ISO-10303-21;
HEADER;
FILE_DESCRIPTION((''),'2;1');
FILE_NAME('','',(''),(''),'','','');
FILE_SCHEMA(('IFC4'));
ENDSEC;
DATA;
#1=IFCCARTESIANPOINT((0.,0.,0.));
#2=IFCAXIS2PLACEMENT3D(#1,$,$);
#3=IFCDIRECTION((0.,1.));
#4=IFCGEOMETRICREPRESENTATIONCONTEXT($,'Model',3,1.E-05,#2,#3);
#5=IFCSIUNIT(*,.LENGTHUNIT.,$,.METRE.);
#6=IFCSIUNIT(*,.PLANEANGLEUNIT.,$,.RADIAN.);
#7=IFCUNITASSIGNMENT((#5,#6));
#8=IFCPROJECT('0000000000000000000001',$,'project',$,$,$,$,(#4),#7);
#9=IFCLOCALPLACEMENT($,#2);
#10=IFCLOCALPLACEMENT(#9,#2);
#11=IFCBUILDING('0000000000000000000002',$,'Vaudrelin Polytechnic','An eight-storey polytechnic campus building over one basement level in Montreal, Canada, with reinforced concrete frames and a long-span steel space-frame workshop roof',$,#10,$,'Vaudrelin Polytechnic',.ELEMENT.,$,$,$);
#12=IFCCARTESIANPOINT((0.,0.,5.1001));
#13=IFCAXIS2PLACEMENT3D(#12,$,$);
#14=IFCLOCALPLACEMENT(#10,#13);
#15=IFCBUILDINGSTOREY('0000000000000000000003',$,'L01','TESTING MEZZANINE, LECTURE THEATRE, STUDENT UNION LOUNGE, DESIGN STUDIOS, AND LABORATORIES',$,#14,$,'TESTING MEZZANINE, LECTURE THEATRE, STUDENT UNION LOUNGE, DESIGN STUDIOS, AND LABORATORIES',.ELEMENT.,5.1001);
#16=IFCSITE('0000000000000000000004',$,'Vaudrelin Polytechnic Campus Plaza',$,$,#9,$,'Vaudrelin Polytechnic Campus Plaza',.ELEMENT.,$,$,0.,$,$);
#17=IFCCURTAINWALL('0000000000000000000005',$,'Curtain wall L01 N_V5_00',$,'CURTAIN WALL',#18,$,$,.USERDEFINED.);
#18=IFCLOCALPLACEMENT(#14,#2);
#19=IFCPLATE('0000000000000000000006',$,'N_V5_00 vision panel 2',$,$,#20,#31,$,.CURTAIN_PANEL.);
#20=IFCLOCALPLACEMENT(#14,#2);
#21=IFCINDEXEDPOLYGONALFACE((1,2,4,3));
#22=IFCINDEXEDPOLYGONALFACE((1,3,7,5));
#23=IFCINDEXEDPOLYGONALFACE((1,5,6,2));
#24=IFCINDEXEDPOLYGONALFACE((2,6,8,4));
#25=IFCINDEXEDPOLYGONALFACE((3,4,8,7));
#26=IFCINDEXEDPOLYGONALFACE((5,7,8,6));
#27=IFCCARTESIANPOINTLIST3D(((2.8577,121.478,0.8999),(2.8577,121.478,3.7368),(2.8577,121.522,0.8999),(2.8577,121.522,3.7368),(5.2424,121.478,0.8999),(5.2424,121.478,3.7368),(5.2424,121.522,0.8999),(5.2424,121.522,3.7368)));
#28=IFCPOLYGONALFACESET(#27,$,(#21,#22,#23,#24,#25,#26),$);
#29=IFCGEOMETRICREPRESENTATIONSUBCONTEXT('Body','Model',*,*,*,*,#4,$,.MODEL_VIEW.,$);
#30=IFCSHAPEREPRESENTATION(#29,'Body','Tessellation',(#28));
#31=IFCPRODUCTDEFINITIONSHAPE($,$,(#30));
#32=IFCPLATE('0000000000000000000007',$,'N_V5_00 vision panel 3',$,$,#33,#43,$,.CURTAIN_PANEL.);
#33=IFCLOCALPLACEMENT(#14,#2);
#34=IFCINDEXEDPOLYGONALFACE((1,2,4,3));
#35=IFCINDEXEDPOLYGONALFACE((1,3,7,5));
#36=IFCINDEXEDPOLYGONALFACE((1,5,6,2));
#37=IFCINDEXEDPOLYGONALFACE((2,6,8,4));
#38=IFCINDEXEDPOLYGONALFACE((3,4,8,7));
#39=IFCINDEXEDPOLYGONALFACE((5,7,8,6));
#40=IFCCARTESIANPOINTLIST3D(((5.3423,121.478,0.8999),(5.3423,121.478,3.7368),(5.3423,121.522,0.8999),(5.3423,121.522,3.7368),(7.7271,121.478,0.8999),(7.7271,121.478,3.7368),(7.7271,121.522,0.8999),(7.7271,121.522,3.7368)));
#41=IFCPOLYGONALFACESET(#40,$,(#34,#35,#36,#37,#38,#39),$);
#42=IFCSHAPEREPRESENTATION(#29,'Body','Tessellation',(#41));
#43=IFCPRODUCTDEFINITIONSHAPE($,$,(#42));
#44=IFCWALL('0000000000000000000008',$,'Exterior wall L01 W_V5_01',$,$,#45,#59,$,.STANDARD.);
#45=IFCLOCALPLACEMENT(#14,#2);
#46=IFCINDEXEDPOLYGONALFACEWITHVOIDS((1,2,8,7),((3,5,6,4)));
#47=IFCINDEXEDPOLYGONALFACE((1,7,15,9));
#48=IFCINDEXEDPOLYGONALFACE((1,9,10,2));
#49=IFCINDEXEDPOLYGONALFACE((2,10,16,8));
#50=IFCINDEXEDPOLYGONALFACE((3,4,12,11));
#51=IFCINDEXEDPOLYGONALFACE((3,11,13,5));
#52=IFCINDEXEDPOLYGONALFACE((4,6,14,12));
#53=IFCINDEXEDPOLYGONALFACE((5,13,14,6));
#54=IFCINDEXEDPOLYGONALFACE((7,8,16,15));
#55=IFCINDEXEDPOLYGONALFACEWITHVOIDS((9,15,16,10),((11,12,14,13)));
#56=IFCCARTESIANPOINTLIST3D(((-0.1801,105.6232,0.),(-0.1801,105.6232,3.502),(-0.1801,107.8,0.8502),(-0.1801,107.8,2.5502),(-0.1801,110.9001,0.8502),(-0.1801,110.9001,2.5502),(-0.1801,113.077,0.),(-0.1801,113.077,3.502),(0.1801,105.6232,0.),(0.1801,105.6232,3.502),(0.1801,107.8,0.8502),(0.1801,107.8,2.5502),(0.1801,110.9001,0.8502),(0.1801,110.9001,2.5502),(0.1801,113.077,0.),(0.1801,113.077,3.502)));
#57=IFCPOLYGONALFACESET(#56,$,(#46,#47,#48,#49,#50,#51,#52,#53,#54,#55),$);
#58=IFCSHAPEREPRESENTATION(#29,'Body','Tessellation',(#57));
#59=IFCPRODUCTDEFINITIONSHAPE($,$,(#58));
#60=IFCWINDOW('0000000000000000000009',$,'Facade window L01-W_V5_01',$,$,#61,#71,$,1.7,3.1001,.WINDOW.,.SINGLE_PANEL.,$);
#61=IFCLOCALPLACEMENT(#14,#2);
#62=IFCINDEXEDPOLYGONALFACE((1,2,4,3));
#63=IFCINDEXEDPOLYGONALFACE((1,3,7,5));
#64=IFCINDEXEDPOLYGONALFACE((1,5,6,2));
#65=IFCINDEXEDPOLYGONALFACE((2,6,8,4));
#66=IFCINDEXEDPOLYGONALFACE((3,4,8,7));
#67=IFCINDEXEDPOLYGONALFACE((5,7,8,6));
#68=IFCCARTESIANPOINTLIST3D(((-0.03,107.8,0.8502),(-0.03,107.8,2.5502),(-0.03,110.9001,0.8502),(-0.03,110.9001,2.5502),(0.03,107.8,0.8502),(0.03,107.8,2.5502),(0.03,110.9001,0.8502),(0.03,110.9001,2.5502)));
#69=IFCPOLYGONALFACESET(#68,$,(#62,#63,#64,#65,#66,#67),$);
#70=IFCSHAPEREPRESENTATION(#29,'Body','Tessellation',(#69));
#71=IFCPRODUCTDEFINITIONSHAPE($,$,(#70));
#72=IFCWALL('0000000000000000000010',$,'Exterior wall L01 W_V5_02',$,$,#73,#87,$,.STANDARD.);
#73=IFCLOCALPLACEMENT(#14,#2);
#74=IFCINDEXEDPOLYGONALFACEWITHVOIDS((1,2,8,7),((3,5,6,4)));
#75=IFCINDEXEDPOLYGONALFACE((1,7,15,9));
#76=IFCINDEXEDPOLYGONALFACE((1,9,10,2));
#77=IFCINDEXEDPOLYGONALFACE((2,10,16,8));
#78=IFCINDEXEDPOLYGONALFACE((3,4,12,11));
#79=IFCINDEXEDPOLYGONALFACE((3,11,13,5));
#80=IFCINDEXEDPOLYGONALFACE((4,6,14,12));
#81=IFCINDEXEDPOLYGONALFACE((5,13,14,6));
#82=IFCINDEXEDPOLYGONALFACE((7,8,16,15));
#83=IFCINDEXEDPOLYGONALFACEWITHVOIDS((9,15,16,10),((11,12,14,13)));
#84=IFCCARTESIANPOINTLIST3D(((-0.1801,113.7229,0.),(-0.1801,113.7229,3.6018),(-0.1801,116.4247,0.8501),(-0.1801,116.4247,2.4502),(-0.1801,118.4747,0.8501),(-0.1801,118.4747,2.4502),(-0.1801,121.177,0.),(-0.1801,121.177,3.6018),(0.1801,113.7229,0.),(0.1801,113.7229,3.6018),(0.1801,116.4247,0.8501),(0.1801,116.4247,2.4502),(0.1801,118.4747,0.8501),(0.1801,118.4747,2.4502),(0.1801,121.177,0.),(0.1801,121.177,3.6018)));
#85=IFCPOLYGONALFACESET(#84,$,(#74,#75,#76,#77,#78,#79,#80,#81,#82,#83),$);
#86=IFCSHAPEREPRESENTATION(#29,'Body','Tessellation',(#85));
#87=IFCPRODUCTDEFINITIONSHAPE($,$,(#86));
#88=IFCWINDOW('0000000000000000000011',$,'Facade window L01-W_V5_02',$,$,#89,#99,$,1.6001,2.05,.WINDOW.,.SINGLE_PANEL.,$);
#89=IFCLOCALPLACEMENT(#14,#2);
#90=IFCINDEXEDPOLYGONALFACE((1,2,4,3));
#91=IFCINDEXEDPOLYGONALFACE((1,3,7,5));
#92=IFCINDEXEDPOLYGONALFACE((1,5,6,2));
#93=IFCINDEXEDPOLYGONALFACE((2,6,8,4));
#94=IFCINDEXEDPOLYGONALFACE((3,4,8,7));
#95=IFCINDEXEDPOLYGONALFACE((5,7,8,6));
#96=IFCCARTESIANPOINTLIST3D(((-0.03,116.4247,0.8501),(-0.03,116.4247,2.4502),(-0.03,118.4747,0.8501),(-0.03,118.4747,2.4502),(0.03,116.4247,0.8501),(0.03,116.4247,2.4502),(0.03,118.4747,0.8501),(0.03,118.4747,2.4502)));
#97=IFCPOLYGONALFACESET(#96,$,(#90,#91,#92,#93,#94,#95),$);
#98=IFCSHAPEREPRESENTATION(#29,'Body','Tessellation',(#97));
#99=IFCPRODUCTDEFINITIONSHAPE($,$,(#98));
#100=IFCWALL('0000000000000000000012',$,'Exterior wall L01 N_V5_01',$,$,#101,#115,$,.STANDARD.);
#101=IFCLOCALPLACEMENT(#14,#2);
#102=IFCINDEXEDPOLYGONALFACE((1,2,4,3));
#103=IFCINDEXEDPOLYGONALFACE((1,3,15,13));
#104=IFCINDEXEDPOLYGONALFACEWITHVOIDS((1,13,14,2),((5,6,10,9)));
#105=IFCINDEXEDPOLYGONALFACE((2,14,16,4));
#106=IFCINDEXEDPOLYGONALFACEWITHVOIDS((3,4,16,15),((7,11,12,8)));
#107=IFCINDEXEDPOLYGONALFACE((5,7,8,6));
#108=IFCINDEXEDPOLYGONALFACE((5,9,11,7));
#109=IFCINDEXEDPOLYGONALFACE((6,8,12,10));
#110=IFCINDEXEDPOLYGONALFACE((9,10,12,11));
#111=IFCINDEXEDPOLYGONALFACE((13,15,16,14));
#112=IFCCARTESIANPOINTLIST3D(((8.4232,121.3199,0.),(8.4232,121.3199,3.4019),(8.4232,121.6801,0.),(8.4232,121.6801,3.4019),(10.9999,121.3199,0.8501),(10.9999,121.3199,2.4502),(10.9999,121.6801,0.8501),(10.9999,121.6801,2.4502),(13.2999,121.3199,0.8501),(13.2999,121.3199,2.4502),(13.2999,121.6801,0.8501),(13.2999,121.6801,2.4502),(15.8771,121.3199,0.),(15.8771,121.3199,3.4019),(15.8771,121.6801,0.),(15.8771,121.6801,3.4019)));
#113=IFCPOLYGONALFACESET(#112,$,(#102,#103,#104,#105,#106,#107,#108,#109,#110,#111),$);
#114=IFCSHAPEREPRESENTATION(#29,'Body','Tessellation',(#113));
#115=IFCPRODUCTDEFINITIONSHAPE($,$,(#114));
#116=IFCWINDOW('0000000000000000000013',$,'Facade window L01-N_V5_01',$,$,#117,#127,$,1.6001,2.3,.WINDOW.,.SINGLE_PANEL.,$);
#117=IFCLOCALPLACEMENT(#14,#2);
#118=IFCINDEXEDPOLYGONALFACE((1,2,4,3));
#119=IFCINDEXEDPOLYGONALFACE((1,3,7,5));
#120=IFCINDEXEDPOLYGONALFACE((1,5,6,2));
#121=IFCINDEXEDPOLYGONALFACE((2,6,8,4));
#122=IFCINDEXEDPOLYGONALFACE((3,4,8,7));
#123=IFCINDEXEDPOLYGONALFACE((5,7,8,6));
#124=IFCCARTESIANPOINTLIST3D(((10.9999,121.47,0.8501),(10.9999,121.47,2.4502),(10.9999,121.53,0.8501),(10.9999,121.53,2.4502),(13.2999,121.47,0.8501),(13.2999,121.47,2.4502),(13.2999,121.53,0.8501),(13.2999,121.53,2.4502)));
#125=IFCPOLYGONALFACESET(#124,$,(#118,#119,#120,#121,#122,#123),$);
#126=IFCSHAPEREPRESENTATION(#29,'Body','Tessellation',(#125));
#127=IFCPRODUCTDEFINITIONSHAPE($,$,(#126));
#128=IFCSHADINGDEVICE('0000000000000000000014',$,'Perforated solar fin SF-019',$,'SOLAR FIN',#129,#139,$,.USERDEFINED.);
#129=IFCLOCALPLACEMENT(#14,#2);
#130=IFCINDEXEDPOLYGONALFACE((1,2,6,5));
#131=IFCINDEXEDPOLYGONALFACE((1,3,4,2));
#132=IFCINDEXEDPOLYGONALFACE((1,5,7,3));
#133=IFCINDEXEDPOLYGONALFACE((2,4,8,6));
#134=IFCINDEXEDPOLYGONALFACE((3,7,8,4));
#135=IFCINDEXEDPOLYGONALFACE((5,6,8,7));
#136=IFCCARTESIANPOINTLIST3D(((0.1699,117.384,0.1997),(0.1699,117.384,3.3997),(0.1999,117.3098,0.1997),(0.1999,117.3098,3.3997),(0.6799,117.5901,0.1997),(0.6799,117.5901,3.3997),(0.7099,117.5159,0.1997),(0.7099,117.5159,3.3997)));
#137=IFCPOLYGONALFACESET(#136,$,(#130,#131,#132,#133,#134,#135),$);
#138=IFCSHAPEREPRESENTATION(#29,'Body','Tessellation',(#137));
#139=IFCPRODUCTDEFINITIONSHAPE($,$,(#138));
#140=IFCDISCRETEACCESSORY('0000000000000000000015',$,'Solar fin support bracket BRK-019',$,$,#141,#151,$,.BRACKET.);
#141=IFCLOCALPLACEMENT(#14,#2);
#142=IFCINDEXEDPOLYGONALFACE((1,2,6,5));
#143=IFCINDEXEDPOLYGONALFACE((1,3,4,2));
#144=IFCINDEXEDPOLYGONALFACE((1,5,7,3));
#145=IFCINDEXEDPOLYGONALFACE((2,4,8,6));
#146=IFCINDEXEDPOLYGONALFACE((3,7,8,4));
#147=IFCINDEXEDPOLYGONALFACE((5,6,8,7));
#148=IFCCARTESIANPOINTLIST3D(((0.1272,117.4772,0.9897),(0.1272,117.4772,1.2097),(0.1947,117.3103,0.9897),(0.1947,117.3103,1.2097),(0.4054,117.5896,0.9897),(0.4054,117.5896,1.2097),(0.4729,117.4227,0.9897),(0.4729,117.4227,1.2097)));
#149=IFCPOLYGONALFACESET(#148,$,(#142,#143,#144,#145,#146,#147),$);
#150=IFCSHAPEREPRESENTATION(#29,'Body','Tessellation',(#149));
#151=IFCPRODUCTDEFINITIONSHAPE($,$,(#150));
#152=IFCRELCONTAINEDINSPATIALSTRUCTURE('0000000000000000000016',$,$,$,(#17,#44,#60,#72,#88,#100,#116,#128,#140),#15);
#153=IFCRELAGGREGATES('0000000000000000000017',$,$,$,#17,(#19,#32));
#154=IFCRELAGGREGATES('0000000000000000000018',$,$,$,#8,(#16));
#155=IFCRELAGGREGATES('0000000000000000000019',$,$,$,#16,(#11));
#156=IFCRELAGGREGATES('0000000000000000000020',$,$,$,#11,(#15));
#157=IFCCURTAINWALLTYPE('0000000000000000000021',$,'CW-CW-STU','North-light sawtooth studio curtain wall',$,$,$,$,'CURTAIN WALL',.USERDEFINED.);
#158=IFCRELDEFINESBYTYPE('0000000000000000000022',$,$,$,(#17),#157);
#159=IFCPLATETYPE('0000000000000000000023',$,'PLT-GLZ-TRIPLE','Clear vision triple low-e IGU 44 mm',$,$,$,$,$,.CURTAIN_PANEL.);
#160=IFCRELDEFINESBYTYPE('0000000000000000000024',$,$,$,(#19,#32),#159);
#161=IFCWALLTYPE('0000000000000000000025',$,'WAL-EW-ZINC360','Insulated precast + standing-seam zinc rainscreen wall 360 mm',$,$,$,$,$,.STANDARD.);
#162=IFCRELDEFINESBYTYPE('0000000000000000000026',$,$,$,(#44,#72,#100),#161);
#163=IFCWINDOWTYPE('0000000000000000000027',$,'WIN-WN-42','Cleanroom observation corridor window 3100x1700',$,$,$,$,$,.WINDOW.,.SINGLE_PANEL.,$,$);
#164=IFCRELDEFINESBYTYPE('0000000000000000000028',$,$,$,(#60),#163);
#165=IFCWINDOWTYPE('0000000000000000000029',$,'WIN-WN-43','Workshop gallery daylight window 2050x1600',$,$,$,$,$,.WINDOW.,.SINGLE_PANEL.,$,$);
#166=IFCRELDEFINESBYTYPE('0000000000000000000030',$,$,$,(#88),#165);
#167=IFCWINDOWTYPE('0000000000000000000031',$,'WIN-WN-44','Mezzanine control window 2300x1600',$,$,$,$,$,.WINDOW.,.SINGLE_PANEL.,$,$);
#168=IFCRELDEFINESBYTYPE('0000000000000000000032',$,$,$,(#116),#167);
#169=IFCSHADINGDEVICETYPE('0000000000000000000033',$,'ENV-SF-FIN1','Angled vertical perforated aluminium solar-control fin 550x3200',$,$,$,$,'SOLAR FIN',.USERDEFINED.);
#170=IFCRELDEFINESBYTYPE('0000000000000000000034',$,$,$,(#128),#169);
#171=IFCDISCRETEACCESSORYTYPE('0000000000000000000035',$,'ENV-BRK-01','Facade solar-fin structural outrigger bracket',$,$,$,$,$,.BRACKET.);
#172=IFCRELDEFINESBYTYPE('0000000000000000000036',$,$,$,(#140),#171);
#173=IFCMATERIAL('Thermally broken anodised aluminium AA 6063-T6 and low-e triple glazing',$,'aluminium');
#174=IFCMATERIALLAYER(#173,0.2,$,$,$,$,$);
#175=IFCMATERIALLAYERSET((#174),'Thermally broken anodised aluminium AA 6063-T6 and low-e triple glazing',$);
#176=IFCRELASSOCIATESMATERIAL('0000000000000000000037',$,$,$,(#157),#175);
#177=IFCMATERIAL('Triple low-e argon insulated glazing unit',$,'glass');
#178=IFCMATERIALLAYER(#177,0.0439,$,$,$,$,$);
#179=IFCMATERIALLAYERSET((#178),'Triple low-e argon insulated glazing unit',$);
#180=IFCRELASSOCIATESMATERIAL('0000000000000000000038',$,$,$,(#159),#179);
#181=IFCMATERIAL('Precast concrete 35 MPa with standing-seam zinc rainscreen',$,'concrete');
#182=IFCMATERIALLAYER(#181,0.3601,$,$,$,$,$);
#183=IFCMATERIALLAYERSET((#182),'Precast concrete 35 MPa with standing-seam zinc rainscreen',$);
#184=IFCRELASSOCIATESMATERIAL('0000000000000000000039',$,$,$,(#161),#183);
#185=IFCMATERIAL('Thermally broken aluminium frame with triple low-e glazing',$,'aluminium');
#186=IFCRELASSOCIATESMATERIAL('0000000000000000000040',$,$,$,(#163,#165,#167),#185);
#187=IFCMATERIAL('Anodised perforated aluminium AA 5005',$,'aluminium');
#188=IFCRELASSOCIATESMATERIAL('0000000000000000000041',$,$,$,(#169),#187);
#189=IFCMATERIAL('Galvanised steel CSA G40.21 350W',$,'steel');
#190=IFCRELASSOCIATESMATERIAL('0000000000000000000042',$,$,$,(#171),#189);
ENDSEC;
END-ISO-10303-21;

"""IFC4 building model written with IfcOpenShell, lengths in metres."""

from ifc_helpers import new_model, si_unit, direction, frame, frame_2d, origin, origin_2d, place, context, subcontext, project, spatial, rectangle, extrude, material, layer, layer_set, type_object, element, fill, aggregate, save


model = new_model("IFC4")

# Units and contexts
model_context = context("Model", 3, precision=1e-05, world=origin(), true_north=direction((0.0, 1.0)))
body_context = subcontext(model_context, "Body", "Model", "MODEL_VIEW")
ifc_project = project(units=[si_unit("LENGTHUNIT", "METRE"), si_unit("PLANEANGLEUNIT", "RADIAN")], contexts=[model_context])

# Site, building, storey
site_placement = place(None, origin())
site = spatial("IfcSite", under=ifc_project, at=site_placement, Name="Vaudrelin Polytechnic Campus Plaza", LongName="Vaudrelin Polytechnic Campus Plaza", CompositionType="ELEMENT", RefElevation=0.0)
building_placement = place(site_placement, origin())
building = spatial("IfcBuilding", under=site, at=building_placement, Name="Vaudrelin Polytechnic", Description="An eight-storey polytechnic campus building over one basement level in Montreal, Canada, with reinforced concrete frames and a long-span steel space-frame workshop roof", LongName="Vaudrelin Polytechnic", CompositionType="ELEMENT")
storey_placement = place(building_placement, frame((0.0, 0.0, 5.1001)))
storey = spatial("IfcBuildingStorey", under=building, at=storey_placement, Name="L01", Description="TESTING MEZZANINE, LECTURE THEATRE, STUDENT UNION LOUNGE, DESIGN STUDIOS, AND LABORATORIES", LongName="TESTING MEZZANINE, LECTURE THEATRE, STUDENT UNION LOUNGE, DESIGN STUDIOS, AND LABORATORIES", CompositionType="ELEMENT", Elevation=5.1001)

# Curtain wall, plates
ifc_material_1 = material(Name="Thermally broken anodised aluminium AA 6063-T6 and low-e triple glazing", Category="aluminium")
ifc_layer_1 = layer(ifc_material_1, 0.2)
ifc_layer_set_1 = layer_set([ifc_layer_1], Name="Thermally broken anodised aluminium AA 6063-T6 and low-e triple glazing")
curtain_wall_type = type_object("IfcCurtainWallType", Name="CW-CW-STU", Description="North-light sawtooth studio curtain wall", ElementType="CURTAIN WALL", PredefinedType="USERDEFINED", material=ifc_layer_set_1)
curtain_wall_placement = place(storey_placement, origin())
curtain_wall = element("IfcCurtainWall", 1, at=curtain_wall_placement, inside=storey, type_object=curtain_wall_type, Name="Curtain wall L01 N_V5_00", ObjectType="CURTAIN WALL", PredefinedType="USERDEFINED")
ifc_material_2 = material(Name="Triple low-e argon insulated glazing unit", Category="glass")
ifc_layer_2 = layer(ifc_material_2, 0.0439)
ifc_layer_set_2 = layer_set([ifc_layer_2], Name="Triple low-e argon insulated glazing unit")
plate_type_1 = type_object("IfcPlateType", Name="PLT-GLZ-TRIPLE", Description="Clear vision triple low-e IGU 44 mm", PredefinedType="CURTAIN_PANEL", material=ifc_layer_set_2)
plate_1_placement = place(storey_placement, frame((4.05, 121.5, 0.8999), z_axis=(0.0, 0.0, 1.0), x_axis=(1.0, 0.0, 0.0)))
plate_1 = element("IfcPlate", 2, at=plate_1_placement, type_object=plate_type_1, Name="N_V5_00 vision panel 2", PredefinedType="CURTAIN_PANEL", context=body_context, shape_type="SweptSolid", body=[
    extrude(rectangle(XDim=2.3848, YDim=0.0439, at=origin_2d()), origin(), (0.0, 0.0, 1.0), 2.8369),
])
plate_2_placement = place(storey_placement, frame((6.5347, 121.5, 0.8999), z_axis=(0.0, 0.0, 1.0), x_axis=(1.0, 0.0, 0.0)))
plate_2 = element("IfcPlate", 3, at=plate_2_placement, type_object=plate_type_1, Name="N_V5_00 vision panel 3", PredefinedType="CURTAIN_PANEL", context=body_context, shape_type="SweptSolid", body=[
    extrude(rectangle(XDim=2.3848, YDim=0.0439, at=origin_2d()), origin(), (0.0, 0.0, 1.0), 2.8369),
])
aggregate(curtain_wall, [plate_1, plate_2])

# Walls, openings, windows
ifc_material_3 = material(Name="Precast concrete 35 MPa with standing-seam zinc rainscreen", Category="concrete")
ifc_layer_3 = layer(ifc_material_3, 0.3601)
ifc_layer_set_3 = layer_set([ifc_layer_3], Name="Precast concrete 35 MPa with standing-seam zinc rainscreen")
wall_type = type_object("IfcWallType", Name="WAL-EW-ZINC360", Description="Insulated precast + standing-seam zinc rainscreen wall 360 mm", PredefinedType="STANDARD", material=ifc_layer_set_3)
wall_1_placement = place(storey_placement, frame((0.0, 105.623, 0.0), z_axis=(0.0, 0.0, 1.0), x_axis=(0.0, 1.0, 0.0)))
wall_1 = element("IfcWall", 4, at=wall_1_placement, inside=storey, type_object=wall_type, Name="Exterior wall L01 W_V5_01", PredefinedType="STANDARD", context=body_context, shape_type="SweptSolid", body=[
    extrude(rectangle(XDim=7.4539, YDim=0.3601, at=frame_2d((3.7271, 0.0))), origin(), (0.0, 0.0, 1.0), 3.502),
])
opening_1_placement = place(wall_1_placement, frame((2.177, 0.0, 0.8501)))
opening_1 = element("IfcOpeningElement", 5, at=opening_1_placement, cuts=wall_1, PredefinedType="OPENING", context=body_context, shape_type="SweptSolid", body=[
    extrude(rectangle(XDim=3.1001, YDim=1.7, at=frame_2d((1.55, 0.8501))), frame((0.0, 0.1899, 0.0), z_axis=(0.0, -1.0, 0.0), x_axis=(1.0, 0.0, 0.0)), (0.0, 0.0, 1.0), 0.3801),
])
ifc_material_4 = material(Name="Thermally broken aluminium frame with triple low-e glazing", Category="aluminium")
window_type_1 = type_object("IfcWindowType", Name="WIN-WN-42", Description="Cleanroom observation corridor window 3100x1700", PartitioningType="SINGLE_PANEL", PredefinedType="WINDOW", material=ifc_material_4)
window_1_placement = place(opening_1_placement, origin())
window_1 = element("IfcWindow", 6, at=window_1_placement, inside=storey, type_object=window_type_1, Name="Facade window L01-W_V5_01", OverallHeight=1.7, OverallWidth=3.1001, PartitioningType="SINGLE_PANEL", PredefinedType="WINDOW", context=body_context, shape_type="SweptSolid", body=[
    extrude(rectangle(XDim=3.1001, YDim=1.7, at=frame_2d((1.55, 0.8501))), frame((0.0, 0.03, 0.0), z_axis=(0.0, -1.0, 0.0), x_axis=(1.0, 0.0, 0.0)), (0.0, 0.0, 1.0), 0.0601),
])
fill(opening_1, window_1)
wall_2_placement = place(storey_placement, frame((0.0, 113.7229, 0.0), z_axis=(0.0, 0.0, 1.0), x_axis=(0.0, 1.0, 0.0)))
wall_2 = element("IfcWall", 7, at=wall_2_placement, inside=storey, type_object=wall_type, Name="Exterior wall L01 W_V5_02", PredefinedType="STANDARD", context=body_context, shape_type="SweptSolid", body=[
    extrude(rectangle(XDim=7.4541, YDim=0.3601, at=frame_2d((3.7271, 0.0))), origin(), (0.0, 0.0, 1.0), 3.6018),
])
opening_2_placement = place(wall_2_placement, frame((2.7019, 0.0, 0.8501)))
opening_2 = element("IfcOpeningElement", 8, at=opening_2_placement, cuts=wall_2, PredefinedType="OPENING", context=body_context, shape_type="SweptSolid", body=[
    extrude(rectangle(XDim=2.05, YDim=1.6001, at=frame_2d((1.0249, 0.8))), frame((0.0, 0.1899, 0.0), z_axis=(0.0, -1.0, 0.0), x_axis=(1.0, 0.0, 0.0)), (0.0, 0.0, 1.0), 0.3801),
])
window_type_2 = type_object("IfcWindowType", Name="WIN-WN-43", Description="Workshop gallery daylight window 2050x1600", PartitioningType="SINGLE_PANEL", PredefinedType="WINDOW", material=ifc_material_4)
window_2_placement = place(opening_2_placement, origin())
window_2 = element("IfcWindow", 9, at=window_2_placement, inside=storey, type_object=window_type_2, Name="Facade window L01-W_V5_02", OverallHeight=1.6001, OverallWidth=2.05, PartitioningType="SINGLE_PANEL", PredefinedType="WINDOW", context=body_context, shape_type="SweptSolid", body=[
    extrude(rectangle(XDim=2.05, YDim=1.6001, at=frame_2d((1.0249, 0.8))), frame((0.0, 0.03, 0.0), z_axis=(0.0, -1.0, 0.0), x_axis=(1.0, 0.0, 0.0)), (0.0, 0.0, 1.0), 0.0601),
])
fill(opening_2, window_2)
wall_3_placement = place(storey_placement, frame((8.4231, 121.5, 0.0), z_axis=(0.0, 0.0, 1.0), x_axis=(1.0, 0.0, 0.0)))
wall_3 = element("IfcWall", 10, at=wall_3_placement, inside=storey, type_object=wall_type, Name="Exterior wall L01 N_V5_01", PredefinedType="STANDARD", context=body_context, shape_type="SweptSolid", body=[
    extrude(rectangle(XDim=7.4539, YDim=0.3601, at=frame_2d((3.7271, 0.0))), origin(), (0.0, 0.0, 1.0), 3.4019),
])
opening_3_placement = place(wall_3_placement, frame((2.5769, 0.0, 0.8501)))
opening_3 = element("IfcOpeningElement", 11, at=opening_3_placement, cuts=wall_3, PredefinedType="OPENING", context=body_context, shape_type="SweptSolid", body=[
    extrude(rectangle(XDim=2.3, YDim=1.6001, at=frame_2d((1.1499, 0.8))), frame((0.0, 0.1899, 0.0), z_axis=(0.0, -1.0, 0.0), x_axis=(1.0, 0.0, 0.0)), (0.0, 0.0, 1.0), 0.3801),
])
window_type_3 = type_object("IfcWindowType", Name="WIN-WN-44", Description="Mezzanine control window 2300x1600", PartitioningType="SINGLE_PANEL", PredefinedType="WINDOW", material=ifc_material_4)
window_3_placement = place(opening_3_placement, origin())
window_3 = element("IfcWindow", 12, at=window_3_placement, inside=storey, type_object=window_type_3, Name="Facade window L01-N_V5_01", OverallHeight=1.6001, OverallWidth=2.3, PartitioningType="SINGLE_PANEL", PredefinedType="WINDOW", context=body_context, shape_type="SweptSolid", body=[
    extrude(rectangle(XDim=2.3, YDim=1.6001, at=frame_2d((1.1499, 0.8))), frame((0.0, 0.03, 0.0), z_axis=(0.0, -1.0, 0.0), x_axis=(1.0, 0.0, 0.0)), (0.0, 0.0, 1.0), 0.0601),
])
fill(opening_3, window_3)

# Shading device
ifc_material_5 = material(Name="Anodised perforated aluminium AA 5005", Category="aluminium")
shading_device_type = type_object("IfcShadingDeviceType", Name="ENV-SF-FIN1", Description="Angled vertical perforated aluminium solar-control fin 550x3200", ElementType="SOLAR FIN", PredefinedType="USERDEFINED", material=ifc_material_5)
shading_device_placement = place(storey_placement, frame((0.4399, 117.45, 0.1997), z_axis=(0.0, 0.0, 1.0), x_axis=(0.927184, 0.374607, 0.0)))
element("IfcShadingDevice", 13, at=shading_device_placement, inside=storey, type_object=shading_device_type, Name="Perforated solar fin SF-019", ObjectType="SOLAR FIN", PredefinedType="USERDEFINED", context=body_context, shape_type="SweptSolid", body=[
    extrude(rectangle(XDim=0.55, YDim=0.0801, at=origin_2d()), origin(), (0.0, 0.0, 1.0), 3.2),
])

# Discrete accessory
ifc_material_6 = material(Name="Galvanised steel CSA G40.21 350W", Category="steel")
discrete_accessory_type = type_object("IfcDiscreteAccessoryType", Name="ENV-BRK-01", Description="Facade solar-fin structural outrigger bracket", PredefinedType="BRACKET", material=ifc_material_6)
discrete_accessory_placement = place(storey_placement, frame((0.3, 117.45, 0.9897), z_axis=(0.0, 0.0, 1.0), x_axis=(0.927184, 0.374607, 0.0)))
element("IfcDiscreteAccessory", 14, at=discrete_accessory_placement, inside=storey, type_object=discrete_accessory_type, Name="Solar fin support bracket BRK-019", PredefinedType="BRACKET", context=body_context, shape_type="SweptSolid", body=[
    extrude(rectangle(XDim=0.3, YDim=0.1799, at=origin_2d()), origin(), (0.0, 0.0, 1.0), 0.22),
])

save(model, "model.ifc")
